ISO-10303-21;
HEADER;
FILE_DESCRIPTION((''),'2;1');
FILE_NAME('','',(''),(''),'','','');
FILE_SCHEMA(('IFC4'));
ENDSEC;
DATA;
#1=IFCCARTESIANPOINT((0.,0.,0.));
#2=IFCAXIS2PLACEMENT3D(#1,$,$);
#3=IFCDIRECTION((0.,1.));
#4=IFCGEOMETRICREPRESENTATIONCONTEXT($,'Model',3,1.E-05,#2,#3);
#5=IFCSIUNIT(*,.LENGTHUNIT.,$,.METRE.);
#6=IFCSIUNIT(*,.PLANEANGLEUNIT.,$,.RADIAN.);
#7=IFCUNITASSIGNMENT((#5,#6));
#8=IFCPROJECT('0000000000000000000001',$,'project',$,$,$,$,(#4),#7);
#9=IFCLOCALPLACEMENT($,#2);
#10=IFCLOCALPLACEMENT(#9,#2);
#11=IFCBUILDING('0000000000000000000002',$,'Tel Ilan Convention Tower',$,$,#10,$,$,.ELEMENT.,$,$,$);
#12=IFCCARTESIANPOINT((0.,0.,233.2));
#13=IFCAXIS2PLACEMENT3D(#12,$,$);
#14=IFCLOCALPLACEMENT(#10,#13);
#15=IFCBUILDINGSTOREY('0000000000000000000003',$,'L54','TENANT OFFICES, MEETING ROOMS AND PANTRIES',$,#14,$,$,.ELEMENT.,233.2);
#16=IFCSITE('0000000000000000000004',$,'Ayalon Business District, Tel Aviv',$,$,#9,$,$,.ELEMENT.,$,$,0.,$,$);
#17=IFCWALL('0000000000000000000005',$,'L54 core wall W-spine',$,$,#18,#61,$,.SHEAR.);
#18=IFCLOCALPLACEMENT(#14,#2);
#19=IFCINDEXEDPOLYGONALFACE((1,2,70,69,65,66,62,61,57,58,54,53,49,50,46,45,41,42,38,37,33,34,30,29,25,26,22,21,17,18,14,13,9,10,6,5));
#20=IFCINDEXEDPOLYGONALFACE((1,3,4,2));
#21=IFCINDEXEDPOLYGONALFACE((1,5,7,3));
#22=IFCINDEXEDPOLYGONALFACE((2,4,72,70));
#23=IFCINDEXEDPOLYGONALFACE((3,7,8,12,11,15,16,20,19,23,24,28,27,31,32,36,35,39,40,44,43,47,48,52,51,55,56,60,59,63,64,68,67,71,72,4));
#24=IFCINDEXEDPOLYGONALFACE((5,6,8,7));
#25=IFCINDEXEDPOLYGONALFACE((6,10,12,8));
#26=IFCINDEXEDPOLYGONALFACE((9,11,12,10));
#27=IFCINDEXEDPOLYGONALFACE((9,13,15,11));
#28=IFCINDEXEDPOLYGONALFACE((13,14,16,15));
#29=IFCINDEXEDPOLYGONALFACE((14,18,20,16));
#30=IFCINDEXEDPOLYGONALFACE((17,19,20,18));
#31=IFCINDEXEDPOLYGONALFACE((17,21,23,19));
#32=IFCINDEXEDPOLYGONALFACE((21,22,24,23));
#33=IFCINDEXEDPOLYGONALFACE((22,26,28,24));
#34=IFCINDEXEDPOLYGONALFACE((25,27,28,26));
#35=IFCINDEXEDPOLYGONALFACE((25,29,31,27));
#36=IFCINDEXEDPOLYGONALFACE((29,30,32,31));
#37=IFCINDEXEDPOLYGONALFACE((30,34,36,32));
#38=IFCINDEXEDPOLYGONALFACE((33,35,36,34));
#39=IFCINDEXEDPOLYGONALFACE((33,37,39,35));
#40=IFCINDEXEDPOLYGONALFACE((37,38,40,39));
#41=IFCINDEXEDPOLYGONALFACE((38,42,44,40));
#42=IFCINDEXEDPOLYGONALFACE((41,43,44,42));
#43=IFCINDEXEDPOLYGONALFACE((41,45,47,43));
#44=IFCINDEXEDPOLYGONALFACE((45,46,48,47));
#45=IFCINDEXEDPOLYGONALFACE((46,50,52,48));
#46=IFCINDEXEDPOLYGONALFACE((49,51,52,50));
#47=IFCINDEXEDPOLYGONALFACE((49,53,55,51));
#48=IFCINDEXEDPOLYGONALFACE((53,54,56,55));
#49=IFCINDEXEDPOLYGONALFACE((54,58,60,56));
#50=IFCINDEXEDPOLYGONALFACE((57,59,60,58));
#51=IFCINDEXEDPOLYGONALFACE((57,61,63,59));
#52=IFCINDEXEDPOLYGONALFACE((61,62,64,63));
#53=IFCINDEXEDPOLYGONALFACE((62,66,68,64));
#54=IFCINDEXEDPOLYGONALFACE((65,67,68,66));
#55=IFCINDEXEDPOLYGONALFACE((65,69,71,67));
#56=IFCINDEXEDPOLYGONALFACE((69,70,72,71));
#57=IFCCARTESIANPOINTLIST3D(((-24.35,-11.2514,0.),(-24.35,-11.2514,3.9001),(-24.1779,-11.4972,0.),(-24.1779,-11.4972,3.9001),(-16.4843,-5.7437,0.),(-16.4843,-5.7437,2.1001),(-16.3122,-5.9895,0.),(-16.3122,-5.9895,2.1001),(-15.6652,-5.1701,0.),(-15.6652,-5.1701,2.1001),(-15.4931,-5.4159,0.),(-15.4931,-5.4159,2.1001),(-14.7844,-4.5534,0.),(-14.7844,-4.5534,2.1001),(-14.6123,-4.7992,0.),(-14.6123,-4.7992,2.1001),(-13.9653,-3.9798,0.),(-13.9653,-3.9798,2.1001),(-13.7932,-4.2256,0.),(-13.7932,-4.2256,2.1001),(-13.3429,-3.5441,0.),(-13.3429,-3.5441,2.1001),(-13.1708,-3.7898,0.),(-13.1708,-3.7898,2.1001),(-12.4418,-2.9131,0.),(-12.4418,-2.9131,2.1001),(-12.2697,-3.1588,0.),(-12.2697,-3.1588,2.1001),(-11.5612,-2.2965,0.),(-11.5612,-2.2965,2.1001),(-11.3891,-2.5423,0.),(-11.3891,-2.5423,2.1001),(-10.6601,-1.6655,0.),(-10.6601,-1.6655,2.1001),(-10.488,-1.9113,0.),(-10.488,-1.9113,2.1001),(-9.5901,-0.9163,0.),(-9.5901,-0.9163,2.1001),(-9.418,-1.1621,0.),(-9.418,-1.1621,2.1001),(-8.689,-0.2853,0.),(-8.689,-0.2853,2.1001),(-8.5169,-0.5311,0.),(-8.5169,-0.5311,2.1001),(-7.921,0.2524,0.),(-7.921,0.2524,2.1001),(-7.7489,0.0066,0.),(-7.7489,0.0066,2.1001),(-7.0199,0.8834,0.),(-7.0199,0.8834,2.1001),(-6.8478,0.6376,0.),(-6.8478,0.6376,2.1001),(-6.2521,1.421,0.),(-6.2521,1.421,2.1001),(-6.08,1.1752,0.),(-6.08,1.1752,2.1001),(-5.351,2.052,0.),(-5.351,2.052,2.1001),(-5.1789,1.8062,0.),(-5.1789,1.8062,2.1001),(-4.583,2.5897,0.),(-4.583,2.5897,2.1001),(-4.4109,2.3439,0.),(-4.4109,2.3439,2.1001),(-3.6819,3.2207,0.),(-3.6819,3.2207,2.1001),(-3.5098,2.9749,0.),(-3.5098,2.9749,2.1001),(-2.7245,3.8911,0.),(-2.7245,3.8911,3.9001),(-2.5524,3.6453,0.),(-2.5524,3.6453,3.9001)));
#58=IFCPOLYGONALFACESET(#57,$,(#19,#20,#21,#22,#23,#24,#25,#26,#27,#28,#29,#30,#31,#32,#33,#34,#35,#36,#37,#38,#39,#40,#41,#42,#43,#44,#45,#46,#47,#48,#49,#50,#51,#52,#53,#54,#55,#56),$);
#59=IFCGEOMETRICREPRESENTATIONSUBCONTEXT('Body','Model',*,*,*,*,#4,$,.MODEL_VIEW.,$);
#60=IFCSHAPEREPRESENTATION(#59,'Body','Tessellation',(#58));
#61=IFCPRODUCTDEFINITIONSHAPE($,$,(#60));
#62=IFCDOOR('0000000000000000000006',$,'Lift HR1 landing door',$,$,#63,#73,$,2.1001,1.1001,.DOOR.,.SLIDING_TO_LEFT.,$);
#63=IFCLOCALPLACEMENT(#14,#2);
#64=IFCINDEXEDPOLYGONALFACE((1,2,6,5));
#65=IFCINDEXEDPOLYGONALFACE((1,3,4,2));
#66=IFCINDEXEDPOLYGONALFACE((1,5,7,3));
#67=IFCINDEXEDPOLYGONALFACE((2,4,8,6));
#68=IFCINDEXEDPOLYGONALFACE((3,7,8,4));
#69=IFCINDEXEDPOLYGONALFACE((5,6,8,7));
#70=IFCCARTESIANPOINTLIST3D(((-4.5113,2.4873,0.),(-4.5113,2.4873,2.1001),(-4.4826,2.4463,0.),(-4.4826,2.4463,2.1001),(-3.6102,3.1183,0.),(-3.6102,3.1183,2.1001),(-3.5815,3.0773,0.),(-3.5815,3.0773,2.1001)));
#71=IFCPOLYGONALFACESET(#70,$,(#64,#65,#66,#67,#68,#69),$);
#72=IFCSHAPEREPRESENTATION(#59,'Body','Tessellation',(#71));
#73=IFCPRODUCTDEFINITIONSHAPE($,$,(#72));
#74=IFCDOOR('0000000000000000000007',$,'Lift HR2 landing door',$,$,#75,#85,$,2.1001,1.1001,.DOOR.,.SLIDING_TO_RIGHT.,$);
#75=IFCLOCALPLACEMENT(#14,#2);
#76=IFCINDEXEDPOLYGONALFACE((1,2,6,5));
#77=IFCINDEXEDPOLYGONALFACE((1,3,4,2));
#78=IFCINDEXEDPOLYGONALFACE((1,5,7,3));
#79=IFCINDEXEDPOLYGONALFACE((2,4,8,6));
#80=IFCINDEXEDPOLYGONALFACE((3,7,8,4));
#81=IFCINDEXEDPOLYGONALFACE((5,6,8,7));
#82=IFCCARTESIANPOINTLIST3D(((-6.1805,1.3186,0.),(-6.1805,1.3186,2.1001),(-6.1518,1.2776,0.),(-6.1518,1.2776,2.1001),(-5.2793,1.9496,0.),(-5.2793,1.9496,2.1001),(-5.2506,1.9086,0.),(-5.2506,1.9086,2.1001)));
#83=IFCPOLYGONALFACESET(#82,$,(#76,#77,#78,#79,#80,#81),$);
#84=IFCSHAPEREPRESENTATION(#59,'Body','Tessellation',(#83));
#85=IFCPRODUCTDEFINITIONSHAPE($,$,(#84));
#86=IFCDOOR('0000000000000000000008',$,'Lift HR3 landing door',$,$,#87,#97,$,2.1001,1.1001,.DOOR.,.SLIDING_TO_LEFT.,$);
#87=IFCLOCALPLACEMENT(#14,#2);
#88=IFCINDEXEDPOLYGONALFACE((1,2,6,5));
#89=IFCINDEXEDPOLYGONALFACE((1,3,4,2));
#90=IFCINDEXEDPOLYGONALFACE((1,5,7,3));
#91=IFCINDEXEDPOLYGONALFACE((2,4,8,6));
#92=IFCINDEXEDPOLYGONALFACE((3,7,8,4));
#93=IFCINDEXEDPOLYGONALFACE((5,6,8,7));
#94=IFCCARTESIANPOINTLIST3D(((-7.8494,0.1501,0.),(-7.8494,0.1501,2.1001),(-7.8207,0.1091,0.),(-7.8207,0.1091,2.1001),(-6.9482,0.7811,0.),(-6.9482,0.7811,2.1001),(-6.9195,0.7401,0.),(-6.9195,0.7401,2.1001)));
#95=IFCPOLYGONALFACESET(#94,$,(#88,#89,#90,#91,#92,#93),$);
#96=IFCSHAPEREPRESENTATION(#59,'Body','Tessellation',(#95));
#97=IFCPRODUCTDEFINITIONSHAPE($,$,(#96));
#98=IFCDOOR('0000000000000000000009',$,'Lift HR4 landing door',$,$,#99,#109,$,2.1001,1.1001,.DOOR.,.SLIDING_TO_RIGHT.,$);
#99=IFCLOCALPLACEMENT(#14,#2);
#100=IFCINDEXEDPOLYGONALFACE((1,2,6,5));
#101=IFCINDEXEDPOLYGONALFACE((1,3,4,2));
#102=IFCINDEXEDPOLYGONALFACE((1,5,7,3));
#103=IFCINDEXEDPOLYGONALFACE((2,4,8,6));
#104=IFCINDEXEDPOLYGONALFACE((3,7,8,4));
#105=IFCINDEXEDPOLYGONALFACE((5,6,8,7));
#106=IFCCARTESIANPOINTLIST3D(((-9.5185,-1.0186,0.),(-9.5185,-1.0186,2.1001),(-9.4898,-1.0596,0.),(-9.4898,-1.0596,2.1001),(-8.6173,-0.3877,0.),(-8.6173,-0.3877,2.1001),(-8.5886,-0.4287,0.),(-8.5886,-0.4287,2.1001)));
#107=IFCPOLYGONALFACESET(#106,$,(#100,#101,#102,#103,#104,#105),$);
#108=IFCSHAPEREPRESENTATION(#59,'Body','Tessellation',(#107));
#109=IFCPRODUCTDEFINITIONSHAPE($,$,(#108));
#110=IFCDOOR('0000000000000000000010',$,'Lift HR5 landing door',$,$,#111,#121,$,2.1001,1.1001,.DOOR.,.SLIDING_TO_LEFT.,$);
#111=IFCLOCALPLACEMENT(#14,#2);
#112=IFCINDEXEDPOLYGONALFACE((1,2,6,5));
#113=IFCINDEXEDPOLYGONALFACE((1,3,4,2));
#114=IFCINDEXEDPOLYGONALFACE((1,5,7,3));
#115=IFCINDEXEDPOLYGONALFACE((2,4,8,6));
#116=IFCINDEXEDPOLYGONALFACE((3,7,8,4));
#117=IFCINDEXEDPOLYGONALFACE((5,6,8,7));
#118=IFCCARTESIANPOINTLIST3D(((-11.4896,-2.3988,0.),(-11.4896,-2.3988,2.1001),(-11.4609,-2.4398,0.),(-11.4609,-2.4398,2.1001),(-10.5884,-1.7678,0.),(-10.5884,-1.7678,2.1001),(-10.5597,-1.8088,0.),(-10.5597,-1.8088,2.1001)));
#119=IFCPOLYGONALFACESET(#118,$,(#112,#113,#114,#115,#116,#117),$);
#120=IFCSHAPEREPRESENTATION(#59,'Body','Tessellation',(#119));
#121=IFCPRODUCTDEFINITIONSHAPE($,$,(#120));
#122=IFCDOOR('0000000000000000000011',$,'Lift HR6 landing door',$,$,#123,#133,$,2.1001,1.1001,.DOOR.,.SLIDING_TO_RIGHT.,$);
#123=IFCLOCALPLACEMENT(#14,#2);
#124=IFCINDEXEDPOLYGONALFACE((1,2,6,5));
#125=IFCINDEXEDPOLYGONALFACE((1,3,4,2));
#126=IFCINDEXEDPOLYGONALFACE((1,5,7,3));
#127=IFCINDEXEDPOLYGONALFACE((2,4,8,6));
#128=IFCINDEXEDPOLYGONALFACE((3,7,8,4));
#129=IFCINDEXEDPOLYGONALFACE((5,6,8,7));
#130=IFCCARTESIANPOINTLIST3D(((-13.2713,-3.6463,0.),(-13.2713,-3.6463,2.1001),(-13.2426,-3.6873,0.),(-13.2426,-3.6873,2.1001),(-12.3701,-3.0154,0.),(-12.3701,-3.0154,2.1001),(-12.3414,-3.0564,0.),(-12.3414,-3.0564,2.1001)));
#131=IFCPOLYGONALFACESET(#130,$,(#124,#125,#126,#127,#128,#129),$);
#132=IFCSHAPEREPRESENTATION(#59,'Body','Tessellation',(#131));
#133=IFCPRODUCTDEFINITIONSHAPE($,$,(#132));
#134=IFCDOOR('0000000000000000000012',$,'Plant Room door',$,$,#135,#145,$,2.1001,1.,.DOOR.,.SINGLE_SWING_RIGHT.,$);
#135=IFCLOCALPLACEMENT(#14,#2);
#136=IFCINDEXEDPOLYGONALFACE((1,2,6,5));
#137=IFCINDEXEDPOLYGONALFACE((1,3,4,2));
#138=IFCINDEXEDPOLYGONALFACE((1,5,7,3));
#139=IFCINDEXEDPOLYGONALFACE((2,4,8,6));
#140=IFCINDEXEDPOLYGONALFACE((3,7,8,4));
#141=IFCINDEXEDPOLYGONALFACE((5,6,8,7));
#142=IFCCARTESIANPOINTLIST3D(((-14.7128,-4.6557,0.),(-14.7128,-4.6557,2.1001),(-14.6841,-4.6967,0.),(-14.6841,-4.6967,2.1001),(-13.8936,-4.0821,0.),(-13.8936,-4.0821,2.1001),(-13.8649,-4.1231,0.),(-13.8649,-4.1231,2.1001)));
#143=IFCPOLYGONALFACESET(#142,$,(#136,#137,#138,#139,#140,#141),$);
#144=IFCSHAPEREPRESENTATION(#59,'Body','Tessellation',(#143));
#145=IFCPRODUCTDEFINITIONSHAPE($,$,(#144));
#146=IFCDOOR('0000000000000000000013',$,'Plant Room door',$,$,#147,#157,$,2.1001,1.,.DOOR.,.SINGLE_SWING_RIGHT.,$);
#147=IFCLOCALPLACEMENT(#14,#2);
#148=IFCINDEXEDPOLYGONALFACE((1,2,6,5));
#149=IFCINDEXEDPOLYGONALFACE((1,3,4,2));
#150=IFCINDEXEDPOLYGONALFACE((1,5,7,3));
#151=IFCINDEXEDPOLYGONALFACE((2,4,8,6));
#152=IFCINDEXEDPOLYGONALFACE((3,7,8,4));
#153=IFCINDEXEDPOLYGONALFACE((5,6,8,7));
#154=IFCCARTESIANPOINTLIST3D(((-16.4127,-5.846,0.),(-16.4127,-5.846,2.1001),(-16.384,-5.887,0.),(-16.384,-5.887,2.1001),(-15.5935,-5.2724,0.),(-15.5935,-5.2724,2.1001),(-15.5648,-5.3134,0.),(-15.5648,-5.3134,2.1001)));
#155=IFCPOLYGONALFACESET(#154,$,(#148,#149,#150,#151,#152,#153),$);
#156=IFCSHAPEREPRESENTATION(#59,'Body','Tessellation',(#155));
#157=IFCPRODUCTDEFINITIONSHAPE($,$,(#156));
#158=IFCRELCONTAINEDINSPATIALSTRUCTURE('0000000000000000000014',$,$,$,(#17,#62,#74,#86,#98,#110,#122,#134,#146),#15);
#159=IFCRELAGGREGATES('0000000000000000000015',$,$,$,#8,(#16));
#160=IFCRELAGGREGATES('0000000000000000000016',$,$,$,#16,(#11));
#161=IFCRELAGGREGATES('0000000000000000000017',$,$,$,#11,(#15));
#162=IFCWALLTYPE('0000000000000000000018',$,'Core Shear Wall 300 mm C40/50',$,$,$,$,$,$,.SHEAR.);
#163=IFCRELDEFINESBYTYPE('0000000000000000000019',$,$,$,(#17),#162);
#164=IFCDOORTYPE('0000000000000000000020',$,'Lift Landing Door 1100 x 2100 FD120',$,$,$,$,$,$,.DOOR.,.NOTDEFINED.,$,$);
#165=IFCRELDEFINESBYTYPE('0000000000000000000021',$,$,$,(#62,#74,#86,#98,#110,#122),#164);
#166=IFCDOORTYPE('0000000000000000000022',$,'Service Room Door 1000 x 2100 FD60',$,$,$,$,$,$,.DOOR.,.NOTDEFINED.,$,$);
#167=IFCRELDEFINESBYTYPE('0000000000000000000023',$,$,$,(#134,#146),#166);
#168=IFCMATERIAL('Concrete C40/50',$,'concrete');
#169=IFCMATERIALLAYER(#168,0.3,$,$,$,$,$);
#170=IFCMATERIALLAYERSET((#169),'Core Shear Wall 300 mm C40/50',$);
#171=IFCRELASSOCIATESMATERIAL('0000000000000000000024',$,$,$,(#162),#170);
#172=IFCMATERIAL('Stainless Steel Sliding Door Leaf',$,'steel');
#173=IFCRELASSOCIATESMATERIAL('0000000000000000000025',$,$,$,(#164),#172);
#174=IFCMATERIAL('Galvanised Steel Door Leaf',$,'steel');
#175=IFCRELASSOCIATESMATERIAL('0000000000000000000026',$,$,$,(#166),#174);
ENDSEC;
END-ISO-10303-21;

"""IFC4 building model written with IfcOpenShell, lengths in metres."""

from ifc_helpers import new_model, si_unit, direction, frame, frame_2d, origin, place, context, subcontext, project, spatial, polyline, rectangle, outline, extrude, material, layer, layer_set, type_object, element, fill, save


model = new_model("IFC4")

# Units and contexts
model_context = context("Model", 3, precision=1e-05, world=origin(), true_north=direction((0.0, 1.0)))
body_context = subcontext(model_context, "Body", "Model", "MODEL_VIEW")
ifc_project = project(units=[si_unit("LENGTHUNIT", "METRE"), si_unit("PLANEANGLEUNIT", "RADIAN")], contexts=[model_context])

# Site, building, storey
site_placement = place(None, origin())
site = spatial("IfcSite", under=ifc_project, at=site_placement, Name="Ayalon Business District, Tel Aviv", CompositionType="ELEMENT", RefElevation=0.0)
building_placement = place(site_placement, origin())
building = spatial("IfcBuilding", under=site, at=building_placement, Name="Tel Ilan Convention Tower", CompositionType="ELEMENT")
storey_placement = place(building_placement, frame((0.0, 0.0, 233.2)))
storey = spatial("IfcBuildingStorey", under=building, at=storey_placement, Name="L54", Description="TENANT OFFICES, MEETING ROOMS AND PANTRIES", CompositionType="ELEMENT", Elevation=233.2)

# Wall, openings, doors
ifc_material_1 = material(Name="Concrete C40/50", Category="concrete")
ifc_layer_1 = layer(ifc_material_1, 0.3)
ifc_layer_set_1 = layer_set([ifc_layer_1], Name="Core Shear Wall 300 mm C40/50")
wall_type_1 = type_object("IfcWallType", Name="Core Shear Wall 300 mm C40/50", PredefinedType="SHEAR", material=ifc_layer_set_1)
wall_1_placement = place(storey_placement, frame((-2.6384, 3.7681, 0.0), z_axis=(0.0, 0.0, 1.0), x_axis=(-0.819155, -0.573572, 0.0)))
wall_1 = element("IfcWall", 1, at=wall_1_placement, inside=storey, type_object=wall_type_1, Name="L54 core wall W-spine", PredefinedType="SHEAR", context=body_context, shape_type="SweptSolid", body=[
    extrude(outline(polyline([(26.3999, 0.1501), (0.0, 0.1499), (0.0, -0.1501), (26.3999, -0.1499), (26.3999, 0.1501)])), origin(), (0.0, 0.0, 1.0), 3.9001),
])
opening_1_placement = place(wall_1_placement, frame((1.1687, 0.0, 0.0)))
opening_1 = element("IfcOpeningElement", 2, at=opening_1_placement, cuts=wall_1, PredefinedType="OPENING", context=body_context, shape_type="SweptSolid", body=[
    extrude(rectangle(XDim=1.1001, YDim=2.1001, at=frame_2d((0.55, 1.05))), frame((0.0, 0.1599, 0.0), z_axis=(0.0, -1.0, 0.0), x_axis=(1.0, 0.0, 0.0)), (0.0, 0.0, 1.0), 0.3201),
])
opening_2_placement = place(wall_1_placement, frame((3.2063, 0.0, 0.0)))
opening_2 = element("IfcOpeningElement", 3, at=opening_2_placement, cuts=wall_1, PredefinedType="OPENING", context=body_context, shape_type="SweptSolid", body=[
    extrude(rectangle(XDim=1.1001, YDim=2.1001, at=frame_2d((0.55, 1.05))), frame((0.0, 0.1599, 0.0), z_axis=(0.0, -1.0, 0.0), x_axis=(1.0, 0.0, 0.0)), (0.0, 0.0, 1.0), 0.3201),
])
opening_3_placement = place(wall_1_placement, frame((5.2437, 0.0, 0.0)))
opening_3 = element("IfcOpeningElement", 4, at=opening_3_placement, cuts=wall_1, PredefinedType="OPENING", context=body_context, shape_type="SweptSolid", body=[
    extrude(rectangle(XDim=1.1001, YDim=2.1001, at=frame_2d((0.55, 1.05))), frame((0.0, 0.1599, 0.0), z_axis=(0.0, -1.0, 0.0), x_axis=(1.0, 0.0, 0.0)), (0.0, 0.0, 1.0), 0.3201),
])
opening_4_placement = place(wall_1_placement, frame((7.2812, 0.0, 0.0)))
opening_4 = element("IfcOpeningElement", 5, at=opening_4_placement, cuts=wall_1, PredefinedType="OPENING", context=body_context, shape_type="SweptSolid", body=[
    extrude(rectangle(XDim=1.1001, YDim=2.1001, at=frame_2d((0.55, 1.05))), frame((0.0, 0.1599, 0.0), z_axis=(0.0, -1.0, 0.0), x_axis=(1.0, 0.0, 0.0)), (0.0, 0.0, 1.0), 0.3201),
])
opening_5_placement = place(wall_1_placement, frame((9.6875, 0.0, 0.0)))
opening_5 = element("IfcOpeningElement", 6, at=opening_5_placement, cuts=wall_1, PredefinedType="OPENING", context=body_context, shape_type="SweptSolid", body=[
    extrude(rectangle(XDim=1.1001, YDim=2.1001, at=frame_2d((0.55, 1.05))), frame((0.0, 0.1599, 0.0), z_axis=(0.0, -1.0, 0.0), x_axis=(1.0, 0.0, 0.0)), (0.0, 0.0, 1.0), 0.3201),
])
opening_6_placement = place(wall_1_placement, frame((11.8625, 0.0, 0.0)))
opening_6 = element("IfcOpeningElement", 7, at=opening_6_placement, cuts=wall_1, PredefinedType="OPENING", context=body_context, shape_type="SweptSolid", body=[
    extrude(rectangle(XDim=1.1001, YDim=2.1001, at=frame_2d((0.55, 1.05))), frame((0.0, 0.1599, 0.0), z_axis=(0.0, -1.0, 0.0), x_axis=(1.0, 0.0, 0.0)), (0.0, 0.0, 1.0), 0.3201),
])
opening_7_placement = place(wall_1_placement, frame((13.7224, 0.0, 0.0)))
opening_7 = element("IfcOpeningElement", 8, at=opening_7_placement, cuts=wall_1, PredefinedType="OPENING", context=body_context, shape_type="SweptSolid", body=[
    extrude(rectangle(XDim=1.0, YDim=2.1001, at=frame_2d((0.5, 1.05))), frame((0.0, 0.1599, 0.0), z_axis=(0.0, -1.0, 0.0), x_axis=(1.0, 0.0, 0.0)), (0.0, 0.0, 1.0), 0.3201),
])
opening_8_placement = place(wall_1_placement, frame((15.7976, 0.0, 0.0)))
opening_8 = element("IfcOpeningElement", 9, at=opening_8_placement, cuts=wall_1, PredefinedType="OPENING", context=body_context, shape_type="SweptSolid", body=[
    extrude(rectangle(XDim=1.0, YDim=2.1001, at=frame_2d((0.5, 1.05))), frame((0.0, 0.1599, 0.0), z_axis=(0.0, -1.0, 0.0), x_axis=(1.0, 0.0, 0.0)), (0.0, 0.0, 1.0), 0.3201),
])
ifc_material_2 = material(Name="Stainless Steel Sliding Door Leaf", Category="steel")
door_type_1 = type_object("IfcDoorType", Name="Lift Landing Door 1100 x 2100 FD120", OperationType="NOTDEFINED", PredefinedType="DOOR", material=ifc_material_2)
door_1_placement = place(opening_1_placement, origin())
door_1 = element("IfcDoor", 10, at=door_1_placement, inside=storey, type_object=door_type_1, Name="Lift HR1 landing door", OperationType="SLIDING_TO_LEFT", OverallHeight=2.1001, OverallWidth=1.1001, PredefinedType="DOOR", context=body_context, shape_type="SweptSolid", body=[
    extrude(rectangle(XDim=1.1001, YDim=2.1001, at=frame_2d((0.55, 1.05))), frame((0.0, 0.0249, 0.0), z_axis=(0.0, -1.0, 0.0), x_axis=(1.0, 0.0, 0.0)), (0.0, 0.0, 1.0), 0.05),
])
fill(opening_1, door_1)
door_2_placement = place(opening_2_placement, origin())
door_2 = element("IfcDoor", 11, at=door_2_placement, inside=storey, type_object=door_type_1, Name="Lift HR2 landing door", OperationType="SLIDING_TO_RIGHT", OverallHeight=2.1001, OverallWidth=1.1001, PredefinedType="DOOR", context=body_context, shape_type="SweptSolid", body=[
    extrude(rectangle(XDim=1.1001, YDim=2.1001, at=frame_2d((0.55, 1.05))), frame((0.0, 0.0249, 0.0), z_axis=(0.0, -1.0, 0.0), x_axis=(1.0, 0.0, 0.0)), (0.0, 0.0, 1.0), 0.05),
])
fill(opening_2, door_2)
door_3_placement = place(opening_3_placement, origin())
door_3 = element("IfcDoor", 12, at=door_3_placement, inside=storey, type_object=door_type_1, Name="Lift HR3 landing door", OperationType="SLIDING_TO_LEFT", OverallHeight=2.1001, OverallWidth=1.1001, PredefinedType="DOOR", context=body_context, shape_type="SweptSolid", body=[
    extrude(rectangle(XDim=1.1001, YDim=2.1001, at=frame_2d((0.55, 1.05))), frame((0.0, 0.0249, 0.0), z_axis=(0.0, -1.0, 0.0), x_axis=(1.0, 0.0, 0.0)), (0.0, 0.0, 1.0), 0.05),
])
fill(opening_3, door_3)
door_4_placement = place(opening_4_placement, origin())
door_4 = element("IfcDoor", 13, at=door_4_placement, inside=storey, type_object=door_type_1, Name="Lift HR4 landing door", OperationType="SLIDING_TO_RIGHT", OverallHeight=2.1001, OverallWidth=1.1001, PredefinedType="DOOR", context=body_context, shape_type="SweptSolid", body=[
    extrude(rectangle(XDim=1.1001, YDim=2.1001, at=frame_2d((0.55, 1.05))), frame((0.0, 0.0249, 0.0), z_axis=(0.0, -1.0, 0.0), x_axis=(1.0, 0.0, 0.0)), (0.0, 0.0, 1.0), 0.05),
])
fill(opening_4, door_4)
door_5_placement = place(opening_5_placement, origin())
door_5 = element("IfcDoor", 14, at=door_5_placement, inside=storey, type_object=door_type_1, Name="Lift HR5 landing door", OperationType="SLIDING_TO_LEFT", OverallHeight=2.1001, OverallWidth=1.1001, PredefinedType="DOOR", context=body_context, shape_type="SweptSolid", body=[
    extrude(rectangle(XDim=1.1001, YDim=2.1001, at=frame_2d((0.55, 1.05))), frame((0.0, 0.0249, 0.0), z_axis=(0.0, -1.0, 0.0), x_axis=(1.0, 0.0, 0.0)), (0.0, 0.0, 1.0), 0.05),
])
fill(opening_5, door_5)
door_6_placement = place(opening_6_placement, origin())
door_6 = element("IfcDoor", 15, at=door_6_placement, inside=storey, type_object=door_type_1, Name="Lift HR6 landing door", OperationType="SLIDING_TO_RIGHT", OverallHeight=2.1001, OverallWidth=1.1001, PredefinedType="DOOR", context=body_context, shape_type="SweptSolid", body=[
    extrude(rectangle(XDim=1.1001, YDim=2.1001, at=frame_2d((0.55, 1.05))), frame((0.0, 0.0249, 0.0), z_axis=(0.0, -1.0, 0.0), x_axis=(1.0, 0.0, 0.0)), (0.0, 0.0, 1.0), 0.05),
])
fill(opening_6, door_6)
ifc_material_3 = material(Name="Galvanised Steel Door Leaf", Category="steel")
door_type_2 = type_object("IfcDoorType", Name="Service Room Door 1000 x 2100 FD60", OperationType="NOTDEFINED", PredefinedType="DOOR", material=ifc_material_3)
door_7_placement = place(opening_7_placement, origin())
door_7 = element("IfcDoor", 16, at=door_7_placement, inside=storey, type_object=door_type_2, Name="Plant Room door", OperationType="SINGLE_SWING_RIGHT", OverallHeight=2.1001, OverallWidth=1.0, PredefinedType="DOOR", context=body_context, shape_type="SweptSolid", body=[
    extrude(rectangle(XDim=1.0, YDim=2.1001, at=frame_2d((0.5, 1.05))), frame((0.0, 0.0249, 0.0), z_axis=(0.0, -1.0, 0.0), x_axis=(1.0, 0.0, 0.0)), (0.0, 0.0, 1.0), 0.05),
])
fill(opening_7, door_7)
door_8_placement = place(opening_8_placement, origin())
door_8 = element("IfcDoor", 17, at=door_8_placement, inside=storey, type_object=door_type_2, Name="Plant Room door", OperationType="SINGLE_SWING_RIGHT", OverallHeight=2.1001, OverallWidth=1.0, PredefinedType="DOOR", context=body_context, shape_type="SweptSolid", body=[
    extrude(rectangle(XDim=1.0, YDim=2.1001, at=frame_2d((0.5, 1.05))), frame((0.0, 0.0249, 0.0), z_axis=(0.0, -1.0, 0.0), x_axis=(1.0, 0.0, 0.0)), (0.0, 0.0, 1.0), 0.05),
])
fill(opening_8, door_8)

save(model, "model.ifc")
